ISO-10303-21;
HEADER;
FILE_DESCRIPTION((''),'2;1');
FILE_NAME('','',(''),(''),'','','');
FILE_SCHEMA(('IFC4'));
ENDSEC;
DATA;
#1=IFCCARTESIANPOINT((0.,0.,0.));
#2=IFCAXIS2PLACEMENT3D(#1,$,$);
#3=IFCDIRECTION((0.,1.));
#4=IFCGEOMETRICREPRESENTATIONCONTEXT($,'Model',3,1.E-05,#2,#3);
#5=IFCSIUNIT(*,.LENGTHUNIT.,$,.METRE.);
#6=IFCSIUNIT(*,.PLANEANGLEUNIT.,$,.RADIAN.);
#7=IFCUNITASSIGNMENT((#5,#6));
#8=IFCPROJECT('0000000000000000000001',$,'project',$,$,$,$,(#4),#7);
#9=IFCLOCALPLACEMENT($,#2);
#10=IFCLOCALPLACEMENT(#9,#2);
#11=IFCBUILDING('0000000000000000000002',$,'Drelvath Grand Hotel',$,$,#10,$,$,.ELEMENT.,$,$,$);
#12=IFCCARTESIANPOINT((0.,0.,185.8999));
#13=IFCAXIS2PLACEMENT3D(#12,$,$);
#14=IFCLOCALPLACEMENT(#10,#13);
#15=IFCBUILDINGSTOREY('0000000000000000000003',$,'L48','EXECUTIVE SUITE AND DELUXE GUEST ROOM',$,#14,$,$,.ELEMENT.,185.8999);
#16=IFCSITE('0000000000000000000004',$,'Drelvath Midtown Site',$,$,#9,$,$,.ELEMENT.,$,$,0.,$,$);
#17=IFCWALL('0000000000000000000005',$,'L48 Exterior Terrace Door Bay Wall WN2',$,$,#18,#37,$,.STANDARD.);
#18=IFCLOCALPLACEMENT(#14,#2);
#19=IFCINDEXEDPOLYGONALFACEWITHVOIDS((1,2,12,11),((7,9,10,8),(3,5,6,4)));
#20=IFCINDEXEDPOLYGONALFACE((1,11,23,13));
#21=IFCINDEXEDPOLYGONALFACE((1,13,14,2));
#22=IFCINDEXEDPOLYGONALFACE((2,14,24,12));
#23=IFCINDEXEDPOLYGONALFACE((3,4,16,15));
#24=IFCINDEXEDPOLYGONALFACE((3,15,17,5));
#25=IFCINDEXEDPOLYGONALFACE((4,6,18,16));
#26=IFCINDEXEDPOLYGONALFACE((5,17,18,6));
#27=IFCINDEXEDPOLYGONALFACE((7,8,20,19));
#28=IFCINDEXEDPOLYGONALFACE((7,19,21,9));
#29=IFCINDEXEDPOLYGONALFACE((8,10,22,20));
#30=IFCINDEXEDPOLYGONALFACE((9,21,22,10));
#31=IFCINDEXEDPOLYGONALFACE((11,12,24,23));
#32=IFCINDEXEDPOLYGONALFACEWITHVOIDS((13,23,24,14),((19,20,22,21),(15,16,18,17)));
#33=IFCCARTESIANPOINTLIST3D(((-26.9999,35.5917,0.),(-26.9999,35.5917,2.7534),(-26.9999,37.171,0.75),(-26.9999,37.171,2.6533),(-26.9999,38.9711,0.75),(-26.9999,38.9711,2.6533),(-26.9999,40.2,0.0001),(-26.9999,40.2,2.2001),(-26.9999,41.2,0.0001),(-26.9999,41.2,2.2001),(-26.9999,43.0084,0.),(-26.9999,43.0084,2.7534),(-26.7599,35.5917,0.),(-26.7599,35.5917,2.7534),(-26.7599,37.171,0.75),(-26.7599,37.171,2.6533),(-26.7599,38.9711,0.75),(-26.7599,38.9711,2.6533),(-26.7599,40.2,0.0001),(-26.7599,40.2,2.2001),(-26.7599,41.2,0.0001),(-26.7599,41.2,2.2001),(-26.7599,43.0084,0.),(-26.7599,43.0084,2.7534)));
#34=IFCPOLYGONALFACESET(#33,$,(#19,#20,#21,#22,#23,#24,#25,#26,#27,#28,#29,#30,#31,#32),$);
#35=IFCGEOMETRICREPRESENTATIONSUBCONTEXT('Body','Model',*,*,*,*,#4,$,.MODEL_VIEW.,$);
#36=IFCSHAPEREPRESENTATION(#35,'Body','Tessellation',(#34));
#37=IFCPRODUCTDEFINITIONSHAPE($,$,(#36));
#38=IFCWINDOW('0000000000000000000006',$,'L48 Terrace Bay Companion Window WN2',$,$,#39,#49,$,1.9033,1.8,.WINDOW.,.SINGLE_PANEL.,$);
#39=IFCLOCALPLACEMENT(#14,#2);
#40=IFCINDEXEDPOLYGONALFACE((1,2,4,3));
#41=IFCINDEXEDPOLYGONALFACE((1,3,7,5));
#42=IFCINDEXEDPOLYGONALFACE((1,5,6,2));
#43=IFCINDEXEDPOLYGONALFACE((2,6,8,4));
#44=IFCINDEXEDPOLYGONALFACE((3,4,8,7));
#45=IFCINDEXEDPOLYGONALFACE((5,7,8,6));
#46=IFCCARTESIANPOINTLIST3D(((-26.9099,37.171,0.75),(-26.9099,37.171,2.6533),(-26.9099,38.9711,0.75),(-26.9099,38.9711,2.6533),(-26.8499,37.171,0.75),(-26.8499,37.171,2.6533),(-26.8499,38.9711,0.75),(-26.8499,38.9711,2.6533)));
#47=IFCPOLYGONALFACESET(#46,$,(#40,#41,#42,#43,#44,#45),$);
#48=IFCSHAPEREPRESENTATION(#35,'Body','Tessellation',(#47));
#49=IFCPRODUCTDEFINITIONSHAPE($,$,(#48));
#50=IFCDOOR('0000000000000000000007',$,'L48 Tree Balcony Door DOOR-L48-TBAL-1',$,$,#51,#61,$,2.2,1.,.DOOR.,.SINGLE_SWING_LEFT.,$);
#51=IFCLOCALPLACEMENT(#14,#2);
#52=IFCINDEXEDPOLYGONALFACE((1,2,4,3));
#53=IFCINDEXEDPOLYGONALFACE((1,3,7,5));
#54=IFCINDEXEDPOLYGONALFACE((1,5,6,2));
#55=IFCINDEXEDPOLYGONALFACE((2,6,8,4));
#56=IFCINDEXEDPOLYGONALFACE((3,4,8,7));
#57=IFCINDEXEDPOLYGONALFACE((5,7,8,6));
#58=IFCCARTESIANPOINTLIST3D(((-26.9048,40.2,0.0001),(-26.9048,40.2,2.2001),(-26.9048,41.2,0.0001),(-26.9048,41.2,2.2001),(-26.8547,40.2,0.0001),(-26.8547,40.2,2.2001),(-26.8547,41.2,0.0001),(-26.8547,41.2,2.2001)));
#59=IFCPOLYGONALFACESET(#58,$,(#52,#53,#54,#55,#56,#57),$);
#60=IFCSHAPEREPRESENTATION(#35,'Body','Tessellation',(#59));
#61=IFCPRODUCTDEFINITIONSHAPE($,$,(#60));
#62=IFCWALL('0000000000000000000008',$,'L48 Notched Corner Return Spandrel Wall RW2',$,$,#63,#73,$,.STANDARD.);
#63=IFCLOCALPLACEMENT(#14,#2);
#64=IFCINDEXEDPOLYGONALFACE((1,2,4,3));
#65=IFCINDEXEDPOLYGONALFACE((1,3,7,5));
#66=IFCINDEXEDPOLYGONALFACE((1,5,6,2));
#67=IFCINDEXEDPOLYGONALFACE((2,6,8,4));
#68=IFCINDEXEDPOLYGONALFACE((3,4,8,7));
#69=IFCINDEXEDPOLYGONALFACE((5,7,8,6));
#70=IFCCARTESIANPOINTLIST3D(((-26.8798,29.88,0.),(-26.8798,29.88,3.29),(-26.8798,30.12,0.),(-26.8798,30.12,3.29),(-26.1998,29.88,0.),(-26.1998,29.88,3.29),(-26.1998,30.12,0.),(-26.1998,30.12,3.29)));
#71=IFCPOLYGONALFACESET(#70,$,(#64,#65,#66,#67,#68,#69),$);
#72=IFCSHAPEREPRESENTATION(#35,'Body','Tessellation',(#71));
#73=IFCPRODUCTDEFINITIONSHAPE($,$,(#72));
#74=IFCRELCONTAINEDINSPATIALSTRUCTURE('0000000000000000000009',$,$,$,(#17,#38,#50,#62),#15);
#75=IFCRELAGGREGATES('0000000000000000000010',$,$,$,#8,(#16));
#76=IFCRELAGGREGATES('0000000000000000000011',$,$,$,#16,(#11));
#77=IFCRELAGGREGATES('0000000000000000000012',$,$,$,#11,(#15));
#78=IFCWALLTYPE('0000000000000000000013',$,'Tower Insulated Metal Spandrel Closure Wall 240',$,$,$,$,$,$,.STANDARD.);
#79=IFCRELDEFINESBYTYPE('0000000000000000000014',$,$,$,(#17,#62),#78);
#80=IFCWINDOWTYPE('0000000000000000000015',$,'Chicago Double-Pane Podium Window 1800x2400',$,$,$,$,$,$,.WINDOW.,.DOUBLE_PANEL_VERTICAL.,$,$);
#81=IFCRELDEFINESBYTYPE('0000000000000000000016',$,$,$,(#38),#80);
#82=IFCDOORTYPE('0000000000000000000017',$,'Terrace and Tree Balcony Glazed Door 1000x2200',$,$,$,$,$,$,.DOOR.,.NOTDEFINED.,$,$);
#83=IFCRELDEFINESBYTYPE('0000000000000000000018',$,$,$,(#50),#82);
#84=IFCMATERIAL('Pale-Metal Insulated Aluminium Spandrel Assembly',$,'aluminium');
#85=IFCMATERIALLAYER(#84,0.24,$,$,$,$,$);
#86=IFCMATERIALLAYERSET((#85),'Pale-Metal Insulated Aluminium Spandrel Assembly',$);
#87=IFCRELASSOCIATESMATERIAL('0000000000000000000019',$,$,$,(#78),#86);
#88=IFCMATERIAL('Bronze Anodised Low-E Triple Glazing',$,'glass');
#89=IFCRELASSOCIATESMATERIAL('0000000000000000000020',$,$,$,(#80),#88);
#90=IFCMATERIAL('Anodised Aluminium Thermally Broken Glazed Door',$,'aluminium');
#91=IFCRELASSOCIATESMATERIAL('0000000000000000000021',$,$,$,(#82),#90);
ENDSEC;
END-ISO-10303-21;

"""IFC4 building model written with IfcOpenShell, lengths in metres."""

from ifc_helpers import new_model, si_unit, direction, frame, frame_2d, origin, place, context, subcontext, project, spatial, rectangle, extrude, material, layer, layer_set, type_object, element, fill, save


model = new_model("IFC4")

# Units and contexts
model_context = context("Model", 3, precision=1e-05, world=origin(), true_north=direction((0.0, 1.0)))
body_context = subcontext(model_context, "Body", "Model", "MODEL_VIEW")
ifc_project = project(units=[si_unit("LENGTHUNIT", "METRE"), si_unit("PLANEANGLEUNIT", "RADIAN")], contexts=[model_context])

# Site, building, storey
site_placement = place(None, origin())
site = spatial("IfcSite", under=ifc_project, at=site_placement, Name="Drelvath Midtown Site", CompositionType="ELEMENT", RefElevation=0.0)
building_placement = place(site_placement, origin())
building = spatial("IfcBuilding", under=site, at=building_placement, Name="Drelvath Grand Hotel", CompositionType="ELEMENT")
storey_placement = place(building_placement, frame((0.0, 0.0, 185.8999)))
storey = spatial("IfcBuildingStorey", under=building, at=storey_placement, Name="L48", Description="EXECUTIVE SUITE AND DELUXE GUEST ROOM", CompositionType="ELEMENT", Elevation=185.8999)

# Wall, openings, window, door
ifc_material_1 = material(Name="Pale-Metal Insulated Aluminium Spandrel Assembly", Category="aluminium")
ifc_layer_1 = layer(ifc_material_1, 0.24)
ifc_layer_set_1 = layer_set([ifc_layer_1], Name="Pale-Metal Insulated Aluminium Spandrel Assembly")
wall_type_1 = type_object("IfcWallType", Name="Tower Insulated Metal Spandrel Closure Wall 240", PredefinedType="STANDARD", material=ifc_layer_set_1)
wall_1_placement = place(storey_placement, frame((-26.8799, 35.5916, 0.0), z_axis=(0.0, 0.0, 1.0), x_axis=(0.0, 1.0, 0.0)))
wall_1 = element("IfcWall", 1, at=wall_1_placement, inside=storey, type_object=wall_type_1, Name="L48 Exterior Terrace Door Bay Wall WN2", PredefinedType="STANDARD", context=body_context, shape_type="SweptSolid", body=[
    extrude(rectangle(XDim=7.4167, YDim=0.24, at=frame_2d((3.7085, 0.0))), origin(), (0.0, 0.0, 1.0), 2.7534),
])
opening_1_placement = place(wall_1_placement, frame((4.6084, 0.0, 0.0)))
opening_1 = element("IfcOpeningElement", 2, at=opening_1_placement, cuts=wall_1, PredefinedType="OPENING", context=body_context, shape_type="SweptSolid", body=[
    extrude(rectangle(XDim=1.0, YDim=2.2, at=frame_2d((0.5, 1.1001))), frame((0.0, 0.1299, 0.0), z_axis=(0.0, -1.0, 0.0), x_axis=(1.0, 0.0, 0.0)), (0.0, 0.0, 1.0), 0.26),
])
opening_2_placement = place(wall_1_placement, frame((1.5796, 0.0, 0.75)))
opening_2 = element("IfcOpeningElement", 3, at=opening_2_placement, cuts=wall_1, PredefinedType="OPENING", context=body_context, shape_type="SweptSolid", body=[
    extrude(rectangle(XDim=1.8, YDim=1.9033, at=frame_2d((0.8999, 0.9517))), frame((0.0, 0.1299, 0.0), z_axis=(0.0, -1.0, 0.0), x_axis=(1.0, 0.0, 0.0)), (0.0, 0.0, 1.0), 0.26),
])
ifc_material_2 = material(Name="Bronze Anodised Low-E Triple Glazing", Category="glass")
window_type = type_object("IfcWindowType", Name="Chicago Double-Pane Podium Window 1800x2400", PartitioningType="DOUBLE_PANEL_VERTICAL", PredefinedType="WINDOW", material=ifc_material_2)
window_placement = place(opening_2_placement, origin())
window = element("IfcWindow", 4, at=window_placement, inside=storey, type_object=window_type, Name="L48 Terrace Bay Companion Window WN2", OverallHeight=1.9033, OverallWidth=1.8, PartitioningType="SINGLE_PANEL", PredefinedType="WINDOW", context=body_context, shape_type="SweptSolid", body=[
    extrude(rectangle(XDim=1.8, YDim=1.9033, at=frame_2d((0.8999, 0.9517))), frame((0.0, 0.03, 0.0), z_axis=(0.0, -1.0, 0.0), x_axis=(1.0, 0.0, 0.0)), (0.0, 0.0, 1.0), 0.0601),
])
fill(opening_2, window)
ifc_material_3 = material(Name="Anodised Aluminium Thermally Broken Glazed Door", Category="aluminium")
door_type_1 = type_object("IfcDoorType", Name="Terrace and Tree Balcony Glazed Door 1000x2200", OperationType="NOTDEFINED", PredefinedType="DOOR", material=ifc_material_3)
door_1_placement = place(opening_1_placement, origin())
door_1 = element("IfcDoor", 5, at=door_1_placement, inside=storey, type_object=door_type_1, Name="L48 Tree Balcony Door DOOR-L48-TBAL-1", OperationType="SINGLE_SWING_LEFT", OverallHeight=2.2, OverallWidth=1.0, PredefinedType="DOOR", context=body_context, shape_type="SweptSolid", body=[
    extrude(rectangle(XDim=1.0, YDim=2.2, at=frame_2d((0.5, 1.1001))), frame((0.0, 0.0249, 0.0), z_axis=(0.0, -1.0, 0.0), x_axis=(1.0, 0.0, 0.0)), (0.0, 0.0, 1.0), 0.05),
])
fill(opening_1, door_1)

# Wall
wall_2_placement = place(storey_placement, frame((-26.2, 30.0, 0.0), z_axis=(0.0, 0.0, 1.0), x_axis=(-1.0, 0.0, 0.0)))
element("IfcWall", 6, at=wall_2_placement, inside=storey, type_object=wall_type_1, Name="L48 Notched Corner Return Spandrel Wall RW2", PredefinedType="STANDARD", context=body_context, shape_type="SweptSolid", body=[
    extrude(rectangle(XDim=0.6799, YDim=0.24, at=frame_2d((0.3398, 0.0))), origin(), (0.0, 0.0, 1.0), 3.29),
])

save(model, "model.ifc")
